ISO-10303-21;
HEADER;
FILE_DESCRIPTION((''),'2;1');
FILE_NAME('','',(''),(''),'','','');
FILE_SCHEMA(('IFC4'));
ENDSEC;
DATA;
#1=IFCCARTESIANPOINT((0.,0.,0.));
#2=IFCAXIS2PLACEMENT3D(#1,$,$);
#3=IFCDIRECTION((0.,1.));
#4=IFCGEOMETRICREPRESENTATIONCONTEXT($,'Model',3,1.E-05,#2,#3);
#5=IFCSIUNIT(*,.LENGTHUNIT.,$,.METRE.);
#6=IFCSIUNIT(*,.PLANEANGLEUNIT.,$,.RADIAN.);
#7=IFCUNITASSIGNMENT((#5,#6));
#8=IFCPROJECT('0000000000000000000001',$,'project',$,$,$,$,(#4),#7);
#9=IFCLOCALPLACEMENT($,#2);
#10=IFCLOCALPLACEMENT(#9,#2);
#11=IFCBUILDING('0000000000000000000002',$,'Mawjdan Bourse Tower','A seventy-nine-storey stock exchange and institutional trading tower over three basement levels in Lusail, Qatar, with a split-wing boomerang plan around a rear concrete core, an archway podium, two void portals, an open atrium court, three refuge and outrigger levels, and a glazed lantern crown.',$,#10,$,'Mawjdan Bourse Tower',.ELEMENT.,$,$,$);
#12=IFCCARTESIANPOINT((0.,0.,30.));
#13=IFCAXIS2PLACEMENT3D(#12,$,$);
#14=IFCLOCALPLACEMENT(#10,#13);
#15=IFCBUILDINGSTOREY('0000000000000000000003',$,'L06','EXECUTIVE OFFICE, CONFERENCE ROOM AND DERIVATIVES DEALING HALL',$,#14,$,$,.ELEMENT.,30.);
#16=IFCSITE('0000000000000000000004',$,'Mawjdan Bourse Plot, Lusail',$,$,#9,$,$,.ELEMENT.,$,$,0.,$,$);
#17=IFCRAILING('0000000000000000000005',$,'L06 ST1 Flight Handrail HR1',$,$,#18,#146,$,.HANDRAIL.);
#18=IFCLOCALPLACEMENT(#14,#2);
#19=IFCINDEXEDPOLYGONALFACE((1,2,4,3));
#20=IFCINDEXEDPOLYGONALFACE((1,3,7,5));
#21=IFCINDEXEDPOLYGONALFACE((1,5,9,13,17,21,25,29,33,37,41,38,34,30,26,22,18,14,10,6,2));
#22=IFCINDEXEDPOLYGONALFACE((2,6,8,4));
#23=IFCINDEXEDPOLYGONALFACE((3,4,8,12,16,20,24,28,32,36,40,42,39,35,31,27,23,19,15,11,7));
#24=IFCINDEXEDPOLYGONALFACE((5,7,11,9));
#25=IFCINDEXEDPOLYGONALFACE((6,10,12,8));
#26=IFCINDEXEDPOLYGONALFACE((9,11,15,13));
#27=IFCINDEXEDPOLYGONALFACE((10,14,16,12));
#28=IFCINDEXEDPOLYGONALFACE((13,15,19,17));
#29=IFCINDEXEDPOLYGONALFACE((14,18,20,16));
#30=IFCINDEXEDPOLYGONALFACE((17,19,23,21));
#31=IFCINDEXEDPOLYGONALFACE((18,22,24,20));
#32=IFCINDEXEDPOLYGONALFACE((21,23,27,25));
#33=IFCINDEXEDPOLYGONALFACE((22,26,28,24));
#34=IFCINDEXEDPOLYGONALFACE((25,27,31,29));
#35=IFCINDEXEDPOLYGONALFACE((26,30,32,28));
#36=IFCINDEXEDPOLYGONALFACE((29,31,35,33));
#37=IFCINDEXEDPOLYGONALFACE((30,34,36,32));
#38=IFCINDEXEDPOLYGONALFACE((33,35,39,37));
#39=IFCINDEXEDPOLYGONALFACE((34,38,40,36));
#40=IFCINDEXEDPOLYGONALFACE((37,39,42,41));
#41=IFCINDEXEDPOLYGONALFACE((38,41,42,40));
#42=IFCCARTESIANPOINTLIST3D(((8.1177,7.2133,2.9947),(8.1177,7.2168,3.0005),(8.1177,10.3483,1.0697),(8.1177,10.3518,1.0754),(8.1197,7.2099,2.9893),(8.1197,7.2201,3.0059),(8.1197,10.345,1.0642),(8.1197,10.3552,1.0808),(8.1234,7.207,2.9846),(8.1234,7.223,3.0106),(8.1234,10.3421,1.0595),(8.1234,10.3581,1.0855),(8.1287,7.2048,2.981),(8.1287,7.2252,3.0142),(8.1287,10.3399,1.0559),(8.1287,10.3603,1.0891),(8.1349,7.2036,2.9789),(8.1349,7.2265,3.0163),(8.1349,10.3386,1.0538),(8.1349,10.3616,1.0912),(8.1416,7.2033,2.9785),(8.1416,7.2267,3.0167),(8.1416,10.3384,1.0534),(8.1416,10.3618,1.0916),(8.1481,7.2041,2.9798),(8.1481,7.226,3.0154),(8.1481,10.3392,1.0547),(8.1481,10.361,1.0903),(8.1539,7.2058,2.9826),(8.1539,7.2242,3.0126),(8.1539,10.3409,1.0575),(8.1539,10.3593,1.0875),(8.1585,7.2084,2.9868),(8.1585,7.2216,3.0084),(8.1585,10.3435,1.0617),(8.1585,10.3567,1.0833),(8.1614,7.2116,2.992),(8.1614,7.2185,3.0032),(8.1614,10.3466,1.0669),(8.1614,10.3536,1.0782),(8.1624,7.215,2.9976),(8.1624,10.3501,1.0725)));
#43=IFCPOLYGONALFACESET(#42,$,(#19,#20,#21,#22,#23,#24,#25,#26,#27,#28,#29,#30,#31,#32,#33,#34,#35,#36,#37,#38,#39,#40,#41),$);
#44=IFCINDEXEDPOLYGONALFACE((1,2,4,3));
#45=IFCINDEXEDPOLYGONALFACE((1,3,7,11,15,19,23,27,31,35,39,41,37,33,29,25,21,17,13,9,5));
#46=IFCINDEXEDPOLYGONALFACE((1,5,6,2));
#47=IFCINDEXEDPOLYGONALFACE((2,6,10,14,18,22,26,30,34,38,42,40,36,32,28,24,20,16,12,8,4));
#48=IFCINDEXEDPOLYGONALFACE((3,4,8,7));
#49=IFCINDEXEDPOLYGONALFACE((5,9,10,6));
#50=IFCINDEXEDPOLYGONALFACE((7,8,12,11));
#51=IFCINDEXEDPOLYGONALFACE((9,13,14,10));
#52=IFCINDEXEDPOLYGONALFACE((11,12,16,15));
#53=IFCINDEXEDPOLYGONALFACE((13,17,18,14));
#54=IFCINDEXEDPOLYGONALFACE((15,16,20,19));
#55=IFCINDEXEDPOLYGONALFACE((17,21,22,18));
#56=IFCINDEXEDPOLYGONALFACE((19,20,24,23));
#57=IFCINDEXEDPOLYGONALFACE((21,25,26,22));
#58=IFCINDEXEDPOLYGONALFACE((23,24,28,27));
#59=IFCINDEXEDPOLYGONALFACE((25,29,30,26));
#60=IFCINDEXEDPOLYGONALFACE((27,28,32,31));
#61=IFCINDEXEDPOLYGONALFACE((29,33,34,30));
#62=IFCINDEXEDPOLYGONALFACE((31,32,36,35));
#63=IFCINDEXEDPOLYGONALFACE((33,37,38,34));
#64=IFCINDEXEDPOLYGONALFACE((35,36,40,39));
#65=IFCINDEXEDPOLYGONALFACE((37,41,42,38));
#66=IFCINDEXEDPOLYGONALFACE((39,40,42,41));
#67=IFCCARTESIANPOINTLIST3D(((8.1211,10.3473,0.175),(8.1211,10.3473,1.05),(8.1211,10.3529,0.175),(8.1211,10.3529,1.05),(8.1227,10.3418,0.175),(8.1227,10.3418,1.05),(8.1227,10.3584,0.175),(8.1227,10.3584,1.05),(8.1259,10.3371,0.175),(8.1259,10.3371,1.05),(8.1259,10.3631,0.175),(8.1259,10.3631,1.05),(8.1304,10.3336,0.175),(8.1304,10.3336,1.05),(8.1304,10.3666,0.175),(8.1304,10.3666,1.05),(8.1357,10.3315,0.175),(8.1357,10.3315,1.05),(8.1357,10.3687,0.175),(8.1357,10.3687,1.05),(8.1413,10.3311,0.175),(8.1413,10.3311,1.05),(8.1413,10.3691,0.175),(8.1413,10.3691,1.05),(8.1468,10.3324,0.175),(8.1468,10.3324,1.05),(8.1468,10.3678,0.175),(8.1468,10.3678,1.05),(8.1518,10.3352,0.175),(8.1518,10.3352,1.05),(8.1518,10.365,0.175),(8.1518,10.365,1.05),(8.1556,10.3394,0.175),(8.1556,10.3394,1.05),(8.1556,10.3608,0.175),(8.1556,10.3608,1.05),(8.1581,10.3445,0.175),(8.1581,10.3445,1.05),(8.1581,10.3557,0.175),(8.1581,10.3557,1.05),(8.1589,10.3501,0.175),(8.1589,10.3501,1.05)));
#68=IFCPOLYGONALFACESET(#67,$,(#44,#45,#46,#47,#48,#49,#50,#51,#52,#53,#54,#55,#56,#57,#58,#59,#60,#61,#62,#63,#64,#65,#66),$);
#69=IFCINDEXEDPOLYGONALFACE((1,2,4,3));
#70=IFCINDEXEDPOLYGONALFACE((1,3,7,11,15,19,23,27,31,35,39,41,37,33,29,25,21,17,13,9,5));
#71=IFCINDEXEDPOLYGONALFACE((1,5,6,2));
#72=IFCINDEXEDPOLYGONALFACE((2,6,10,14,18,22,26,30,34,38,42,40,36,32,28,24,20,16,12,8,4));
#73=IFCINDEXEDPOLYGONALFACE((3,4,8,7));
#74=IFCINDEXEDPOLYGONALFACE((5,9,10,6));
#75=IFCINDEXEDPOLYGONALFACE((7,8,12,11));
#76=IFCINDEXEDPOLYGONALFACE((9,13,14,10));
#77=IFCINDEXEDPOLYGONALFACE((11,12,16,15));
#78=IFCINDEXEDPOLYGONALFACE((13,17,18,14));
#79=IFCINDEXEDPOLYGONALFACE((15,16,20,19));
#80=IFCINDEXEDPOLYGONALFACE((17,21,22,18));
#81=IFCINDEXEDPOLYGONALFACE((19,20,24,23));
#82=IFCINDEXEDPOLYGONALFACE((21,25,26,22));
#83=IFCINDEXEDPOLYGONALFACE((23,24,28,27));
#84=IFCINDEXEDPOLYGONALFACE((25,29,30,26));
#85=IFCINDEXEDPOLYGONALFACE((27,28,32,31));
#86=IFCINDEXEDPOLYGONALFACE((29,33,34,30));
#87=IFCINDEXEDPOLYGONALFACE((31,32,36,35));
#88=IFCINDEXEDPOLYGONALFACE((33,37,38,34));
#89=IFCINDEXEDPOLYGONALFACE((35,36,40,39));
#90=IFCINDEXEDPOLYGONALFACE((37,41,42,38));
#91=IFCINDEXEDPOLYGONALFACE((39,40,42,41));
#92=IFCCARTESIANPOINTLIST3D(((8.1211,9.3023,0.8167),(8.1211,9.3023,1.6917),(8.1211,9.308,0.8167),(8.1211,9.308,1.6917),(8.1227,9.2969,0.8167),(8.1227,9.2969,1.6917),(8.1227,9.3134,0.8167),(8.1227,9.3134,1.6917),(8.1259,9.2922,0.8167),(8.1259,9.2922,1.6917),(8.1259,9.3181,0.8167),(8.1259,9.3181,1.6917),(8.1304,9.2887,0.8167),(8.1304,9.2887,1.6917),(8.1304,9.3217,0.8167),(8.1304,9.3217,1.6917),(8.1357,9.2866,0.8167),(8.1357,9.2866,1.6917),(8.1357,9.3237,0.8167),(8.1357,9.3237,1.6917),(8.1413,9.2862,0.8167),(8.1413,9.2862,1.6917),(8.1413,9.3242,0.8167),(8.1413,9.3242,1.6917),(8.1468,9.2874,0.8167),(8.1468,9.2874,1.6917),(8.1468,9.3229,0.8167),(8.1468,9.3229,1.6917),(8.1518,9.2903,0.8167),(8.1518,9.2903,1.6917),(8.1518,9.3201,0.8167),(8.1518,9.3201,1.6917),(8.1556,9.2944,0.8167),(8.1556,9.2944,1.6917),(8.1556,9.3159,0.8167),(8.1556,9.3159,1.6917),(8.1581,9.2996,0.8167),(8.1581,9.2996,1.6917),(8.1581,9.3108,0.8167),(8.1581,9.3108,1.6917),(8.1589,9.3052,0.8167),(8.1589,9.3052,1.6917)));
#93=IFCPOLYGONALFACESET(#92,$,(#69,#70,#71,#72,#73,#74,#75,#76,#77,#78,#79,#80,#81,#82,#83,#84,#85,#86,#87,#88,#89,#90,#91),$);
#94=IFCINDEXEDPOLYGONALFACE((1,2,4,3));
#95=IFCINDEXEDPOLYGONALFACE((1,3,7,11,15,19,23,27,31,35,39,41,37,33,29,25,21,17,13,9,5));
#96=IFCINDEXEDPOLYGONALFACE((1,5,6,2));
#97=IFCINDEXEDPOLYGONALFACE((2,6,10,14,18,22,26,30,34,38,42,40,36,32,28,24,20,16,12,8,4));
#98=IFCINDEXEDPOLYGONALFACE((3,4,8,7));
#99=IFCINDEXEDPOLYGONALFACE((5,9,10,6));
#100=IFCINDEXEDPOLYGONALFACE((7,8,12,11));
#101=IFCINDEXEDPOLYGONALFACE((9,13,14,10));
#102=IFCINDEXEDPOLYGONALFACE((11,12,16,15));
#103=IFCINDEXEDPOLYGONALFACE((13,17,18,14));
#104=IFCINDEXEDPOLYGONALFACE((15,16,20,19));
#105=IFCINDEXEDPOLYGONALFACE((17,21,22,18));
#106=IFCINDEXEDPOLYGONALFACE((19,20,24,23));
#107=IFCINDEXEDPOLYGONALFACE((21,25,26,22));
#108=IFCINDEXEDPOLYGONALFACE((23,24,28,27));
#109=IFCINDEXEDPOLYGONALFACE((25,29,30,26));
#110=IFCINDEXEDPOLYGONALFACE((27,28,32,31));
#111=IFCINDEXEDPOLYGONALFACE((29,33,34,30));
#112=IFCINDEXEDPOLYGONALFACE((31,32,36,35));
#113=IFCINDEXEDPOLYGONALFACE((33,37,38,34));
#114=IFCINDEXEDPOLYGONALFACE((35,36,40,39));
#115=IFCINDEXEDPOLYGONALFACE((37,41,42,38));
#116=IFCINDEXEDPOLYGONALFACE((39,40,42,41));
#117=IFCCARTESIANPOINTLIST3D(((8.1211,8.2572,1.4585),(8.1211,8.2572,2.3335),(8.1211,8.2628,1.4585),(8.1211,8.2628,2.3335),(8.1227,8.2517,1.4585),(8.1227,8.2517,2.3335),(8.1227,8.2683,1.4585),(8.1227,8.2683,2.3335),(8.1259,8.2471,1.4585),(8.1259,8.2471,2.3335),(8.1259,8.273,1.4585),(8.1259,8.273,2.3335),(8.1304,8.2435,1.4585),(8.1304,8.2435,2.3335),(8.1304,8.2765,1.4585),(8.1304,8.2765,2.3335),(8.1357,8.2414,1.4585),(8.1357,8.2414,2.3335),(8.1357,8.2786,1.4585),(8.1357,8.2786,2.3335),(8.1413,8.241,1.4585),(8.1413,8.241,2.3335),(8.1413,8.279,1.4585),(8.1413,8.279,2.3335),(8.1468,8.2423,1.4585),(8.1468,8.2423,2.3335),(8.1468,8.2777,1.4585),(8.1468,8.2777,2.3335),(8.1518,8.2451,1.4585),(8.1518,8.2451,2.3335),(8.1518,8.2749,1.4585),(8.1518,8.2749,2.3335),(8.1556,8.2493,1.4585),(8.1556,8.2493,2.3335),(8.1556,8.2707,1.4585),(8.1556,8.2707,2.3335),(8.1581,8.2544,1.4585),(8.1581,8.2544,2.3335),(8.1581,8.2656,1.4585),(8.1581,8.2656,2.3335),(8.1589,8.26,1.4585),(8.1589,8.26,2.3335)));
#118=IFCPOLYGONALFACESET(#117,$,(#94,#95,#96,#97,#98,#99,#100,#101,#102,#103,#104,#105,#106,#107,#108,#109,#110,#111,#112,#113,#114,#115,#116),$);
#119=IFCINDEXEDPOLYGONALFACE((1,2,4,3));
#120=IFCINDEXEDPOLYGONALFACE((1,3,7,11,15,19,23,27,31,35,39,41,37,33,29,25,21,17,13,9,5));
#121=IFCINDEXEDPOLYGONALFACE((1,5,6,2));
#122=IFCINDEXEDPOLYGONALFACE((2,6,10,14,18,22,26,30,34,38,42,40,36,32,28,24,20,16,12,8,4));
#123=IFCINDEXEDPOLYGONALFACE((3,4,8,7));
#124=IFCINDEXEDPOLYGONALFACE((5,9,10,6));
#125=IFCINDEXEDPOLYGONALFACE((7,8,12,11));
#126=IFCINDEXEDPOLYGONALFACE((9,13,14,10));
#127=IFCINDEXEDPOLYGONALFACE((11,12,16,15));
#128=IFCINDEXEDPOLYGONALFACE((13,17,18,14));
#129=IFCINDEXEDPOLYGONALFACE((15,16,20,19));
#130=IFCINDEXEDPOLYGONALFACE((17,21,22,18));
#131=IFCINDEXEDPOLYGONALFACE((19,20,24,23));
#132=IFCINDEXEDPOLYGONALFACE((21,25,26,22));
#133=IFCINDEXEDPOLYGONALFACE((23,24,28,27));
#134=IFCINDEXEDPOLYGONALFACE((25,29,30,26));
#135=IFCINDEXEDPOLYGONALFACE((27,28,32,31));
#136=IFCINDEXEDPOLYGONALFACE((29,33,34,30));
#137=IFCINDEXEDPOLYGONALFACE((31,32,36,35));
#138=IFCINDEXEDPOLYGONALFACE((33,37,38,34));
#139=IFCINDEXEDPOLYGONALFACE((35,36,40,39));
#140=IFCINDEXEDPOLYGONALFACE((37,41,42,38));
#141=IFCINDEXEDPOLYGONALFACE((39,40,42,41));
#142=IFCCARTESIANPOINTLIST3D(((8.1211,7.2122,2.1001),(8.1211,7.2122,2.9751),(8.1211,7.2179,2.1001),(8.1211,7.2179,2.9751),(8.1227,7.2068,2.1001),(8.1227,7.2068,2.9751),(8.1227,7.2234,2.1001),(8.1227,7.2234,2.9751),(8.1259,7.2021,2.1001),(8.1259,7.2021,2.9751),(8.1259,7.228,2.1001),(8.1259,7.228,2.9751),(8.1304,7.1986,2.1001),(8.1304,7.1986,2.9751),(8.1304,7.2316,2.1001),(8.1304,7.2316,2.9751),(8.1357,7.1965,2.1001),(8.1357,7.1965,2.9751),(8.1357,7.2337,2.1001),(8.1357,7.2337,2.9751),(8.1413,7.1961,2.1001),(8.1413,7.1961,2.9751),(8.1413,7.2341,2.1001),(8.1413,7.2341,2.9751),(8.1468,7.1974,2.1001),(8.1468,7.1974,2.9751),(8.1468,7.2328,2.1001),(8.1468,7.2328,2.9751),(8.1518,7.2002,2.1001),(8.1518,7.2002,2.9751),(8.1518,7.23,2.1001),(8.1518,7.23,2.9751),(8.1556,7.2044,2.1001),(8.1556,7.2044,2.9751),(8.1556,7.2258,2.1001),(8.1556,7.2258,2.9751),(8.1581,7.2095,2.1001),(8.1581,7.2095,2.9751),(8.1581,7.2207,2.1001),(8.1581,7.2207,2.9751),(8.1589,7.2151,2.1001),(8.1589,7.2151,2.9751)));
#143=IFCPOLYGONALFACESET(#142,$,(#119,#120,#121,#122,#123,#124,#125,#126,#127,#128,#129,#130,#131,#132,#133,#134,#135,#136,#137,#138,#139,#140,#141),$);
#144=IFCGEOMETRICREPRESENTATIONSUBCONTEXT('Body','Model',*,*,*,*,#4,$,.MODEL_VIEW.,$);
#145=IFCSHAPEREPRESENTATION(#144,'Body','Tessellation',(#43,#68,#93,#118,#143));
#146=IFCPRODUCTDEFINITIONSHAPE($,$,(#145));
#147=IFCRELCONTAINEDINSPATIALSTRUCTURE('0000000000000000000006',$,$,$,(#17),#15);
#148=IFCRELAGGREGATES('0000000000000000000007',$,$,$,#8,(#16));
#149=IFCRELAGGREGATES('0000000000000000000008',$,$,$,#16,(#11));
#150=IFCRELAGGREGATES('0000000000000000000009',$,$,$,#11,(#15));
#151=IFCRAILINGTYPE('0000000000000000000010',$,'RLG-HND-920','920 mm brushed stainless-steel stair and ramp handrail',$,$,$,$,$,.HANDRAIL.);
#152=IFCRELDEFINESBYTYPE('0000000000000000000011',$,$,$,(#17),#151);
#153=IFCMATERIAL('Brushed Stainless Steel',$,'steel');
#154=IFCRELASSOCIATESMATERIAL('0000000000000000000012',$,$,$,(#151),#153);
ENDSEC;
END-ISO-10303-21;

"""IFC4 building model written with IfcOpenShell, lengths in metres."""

from ifc_helpers import new_model, si_unit, direction, frame, origin, origin_2d, place, context, subcontext, project, spatial, circle, extrude, material, type_object, element, save


model = new_model("IFC4")

# Units and contexts
model_context = context("Model", 3, precision=1e-05, world=origin(), true_north=direction((0.0, 1.0)))
body_context = subcontext(model_context, "Body", "Model", "MODEL_VIEW")
ifc_project = project(units=[si_unit("LENGTHUNIT", "METRE"), si_unit("PLANEANGLEUNIT", "RADIAN")], contexts=[model_context])

# Site, building, storey
site_placement = place(None, origin())
site = spatial("IfcSite", under=ifc_project, at=site_placement, Name="Mawjdan Bourse Plot, Lusail", CompositionType="ELEMENT", RefElevation=0.0)
building_placement = place(site_placement, origin())
building = spatial("IfcBuilding", under=site, at=building_placement, Name="Mawjdan Bourse Tower", Description="A seventy-nine-storey stock exchange and institutional trading tower over three basement levels in Lusail, Qatar, with a split-wing boomerang plan around a rear concrete core, an archway podium, two void portals, an open atrium court, three refuge and outrigger levels, and a glazed lantern crown.", LongName="Mawjdan Bourse Tower", CompositionType="ELEMENT")
storey_placement = place(building_placement, frame((0.0, 0.0, 30.0)))
storey = spatial("IfcBuildingStorey", under=building, at=storey_placement, Name="L06", Description="EXECUTIVE OFFICE, CONFERENCE ROOM AND DERIVATIVES DEALING HALL", CompositionType="ELEMENT", Elevation=30.0)

# Railing
ifc_material_1 = material(Name="Brushed Stainless Steel", Category="steel")
railing_type_1 = type_object("IfcRailingType", Name="RLG-HND-920", Description="920 mm brushed stainless-steel stair and ramp handrail", PredefinedType="HANDRAIL", material=ifc_material_1)
railing_1_placement = place(storey_placement, frame((8.1399, 10.3501, 0.175)))
element("IfcRailing", 1, at=railing_1_placement, inside=storey, type_object=railing_type_1, Name="L06 ST1 Flight Handrail HR1", PredefinedType="HANDRAIL", context=body_context, shape_type="SweptSolid", body=[
    extrude(circle(Radius=0.0225, at=origin_2d()), frame((0.0, 0.0, 0.8975), z_axis=(0.0, -0.852166, 0.523271), x_axis=(1.0, 0.0, 0.0)), (0.0, 0.0, 1.0), 3.679),
    extrude(circle(Radius=0.019, at=origin_2d()), origin(), (0.0, 0.0, 1.0), 0.875),
    extrude(circle(Radius=0.019, at=origin_2d()), frame((0.0, -1.0449, 0.6416)), (0.0, 0.0, 1.0), 0.875),
    extrude(circle(Radius=0.019, at=origin_2d()), frame((0.0, -2.0901, 1.2834)), (0.0, 0.0, 1.0), 0.875),
    extrude(circle(Radius=0.019, at=origin_2d()), frame((0.0, -3.135, 1.925)), (0.0, 0.0, 1.0), 0.875),
])

save(model, "model.ifc")
